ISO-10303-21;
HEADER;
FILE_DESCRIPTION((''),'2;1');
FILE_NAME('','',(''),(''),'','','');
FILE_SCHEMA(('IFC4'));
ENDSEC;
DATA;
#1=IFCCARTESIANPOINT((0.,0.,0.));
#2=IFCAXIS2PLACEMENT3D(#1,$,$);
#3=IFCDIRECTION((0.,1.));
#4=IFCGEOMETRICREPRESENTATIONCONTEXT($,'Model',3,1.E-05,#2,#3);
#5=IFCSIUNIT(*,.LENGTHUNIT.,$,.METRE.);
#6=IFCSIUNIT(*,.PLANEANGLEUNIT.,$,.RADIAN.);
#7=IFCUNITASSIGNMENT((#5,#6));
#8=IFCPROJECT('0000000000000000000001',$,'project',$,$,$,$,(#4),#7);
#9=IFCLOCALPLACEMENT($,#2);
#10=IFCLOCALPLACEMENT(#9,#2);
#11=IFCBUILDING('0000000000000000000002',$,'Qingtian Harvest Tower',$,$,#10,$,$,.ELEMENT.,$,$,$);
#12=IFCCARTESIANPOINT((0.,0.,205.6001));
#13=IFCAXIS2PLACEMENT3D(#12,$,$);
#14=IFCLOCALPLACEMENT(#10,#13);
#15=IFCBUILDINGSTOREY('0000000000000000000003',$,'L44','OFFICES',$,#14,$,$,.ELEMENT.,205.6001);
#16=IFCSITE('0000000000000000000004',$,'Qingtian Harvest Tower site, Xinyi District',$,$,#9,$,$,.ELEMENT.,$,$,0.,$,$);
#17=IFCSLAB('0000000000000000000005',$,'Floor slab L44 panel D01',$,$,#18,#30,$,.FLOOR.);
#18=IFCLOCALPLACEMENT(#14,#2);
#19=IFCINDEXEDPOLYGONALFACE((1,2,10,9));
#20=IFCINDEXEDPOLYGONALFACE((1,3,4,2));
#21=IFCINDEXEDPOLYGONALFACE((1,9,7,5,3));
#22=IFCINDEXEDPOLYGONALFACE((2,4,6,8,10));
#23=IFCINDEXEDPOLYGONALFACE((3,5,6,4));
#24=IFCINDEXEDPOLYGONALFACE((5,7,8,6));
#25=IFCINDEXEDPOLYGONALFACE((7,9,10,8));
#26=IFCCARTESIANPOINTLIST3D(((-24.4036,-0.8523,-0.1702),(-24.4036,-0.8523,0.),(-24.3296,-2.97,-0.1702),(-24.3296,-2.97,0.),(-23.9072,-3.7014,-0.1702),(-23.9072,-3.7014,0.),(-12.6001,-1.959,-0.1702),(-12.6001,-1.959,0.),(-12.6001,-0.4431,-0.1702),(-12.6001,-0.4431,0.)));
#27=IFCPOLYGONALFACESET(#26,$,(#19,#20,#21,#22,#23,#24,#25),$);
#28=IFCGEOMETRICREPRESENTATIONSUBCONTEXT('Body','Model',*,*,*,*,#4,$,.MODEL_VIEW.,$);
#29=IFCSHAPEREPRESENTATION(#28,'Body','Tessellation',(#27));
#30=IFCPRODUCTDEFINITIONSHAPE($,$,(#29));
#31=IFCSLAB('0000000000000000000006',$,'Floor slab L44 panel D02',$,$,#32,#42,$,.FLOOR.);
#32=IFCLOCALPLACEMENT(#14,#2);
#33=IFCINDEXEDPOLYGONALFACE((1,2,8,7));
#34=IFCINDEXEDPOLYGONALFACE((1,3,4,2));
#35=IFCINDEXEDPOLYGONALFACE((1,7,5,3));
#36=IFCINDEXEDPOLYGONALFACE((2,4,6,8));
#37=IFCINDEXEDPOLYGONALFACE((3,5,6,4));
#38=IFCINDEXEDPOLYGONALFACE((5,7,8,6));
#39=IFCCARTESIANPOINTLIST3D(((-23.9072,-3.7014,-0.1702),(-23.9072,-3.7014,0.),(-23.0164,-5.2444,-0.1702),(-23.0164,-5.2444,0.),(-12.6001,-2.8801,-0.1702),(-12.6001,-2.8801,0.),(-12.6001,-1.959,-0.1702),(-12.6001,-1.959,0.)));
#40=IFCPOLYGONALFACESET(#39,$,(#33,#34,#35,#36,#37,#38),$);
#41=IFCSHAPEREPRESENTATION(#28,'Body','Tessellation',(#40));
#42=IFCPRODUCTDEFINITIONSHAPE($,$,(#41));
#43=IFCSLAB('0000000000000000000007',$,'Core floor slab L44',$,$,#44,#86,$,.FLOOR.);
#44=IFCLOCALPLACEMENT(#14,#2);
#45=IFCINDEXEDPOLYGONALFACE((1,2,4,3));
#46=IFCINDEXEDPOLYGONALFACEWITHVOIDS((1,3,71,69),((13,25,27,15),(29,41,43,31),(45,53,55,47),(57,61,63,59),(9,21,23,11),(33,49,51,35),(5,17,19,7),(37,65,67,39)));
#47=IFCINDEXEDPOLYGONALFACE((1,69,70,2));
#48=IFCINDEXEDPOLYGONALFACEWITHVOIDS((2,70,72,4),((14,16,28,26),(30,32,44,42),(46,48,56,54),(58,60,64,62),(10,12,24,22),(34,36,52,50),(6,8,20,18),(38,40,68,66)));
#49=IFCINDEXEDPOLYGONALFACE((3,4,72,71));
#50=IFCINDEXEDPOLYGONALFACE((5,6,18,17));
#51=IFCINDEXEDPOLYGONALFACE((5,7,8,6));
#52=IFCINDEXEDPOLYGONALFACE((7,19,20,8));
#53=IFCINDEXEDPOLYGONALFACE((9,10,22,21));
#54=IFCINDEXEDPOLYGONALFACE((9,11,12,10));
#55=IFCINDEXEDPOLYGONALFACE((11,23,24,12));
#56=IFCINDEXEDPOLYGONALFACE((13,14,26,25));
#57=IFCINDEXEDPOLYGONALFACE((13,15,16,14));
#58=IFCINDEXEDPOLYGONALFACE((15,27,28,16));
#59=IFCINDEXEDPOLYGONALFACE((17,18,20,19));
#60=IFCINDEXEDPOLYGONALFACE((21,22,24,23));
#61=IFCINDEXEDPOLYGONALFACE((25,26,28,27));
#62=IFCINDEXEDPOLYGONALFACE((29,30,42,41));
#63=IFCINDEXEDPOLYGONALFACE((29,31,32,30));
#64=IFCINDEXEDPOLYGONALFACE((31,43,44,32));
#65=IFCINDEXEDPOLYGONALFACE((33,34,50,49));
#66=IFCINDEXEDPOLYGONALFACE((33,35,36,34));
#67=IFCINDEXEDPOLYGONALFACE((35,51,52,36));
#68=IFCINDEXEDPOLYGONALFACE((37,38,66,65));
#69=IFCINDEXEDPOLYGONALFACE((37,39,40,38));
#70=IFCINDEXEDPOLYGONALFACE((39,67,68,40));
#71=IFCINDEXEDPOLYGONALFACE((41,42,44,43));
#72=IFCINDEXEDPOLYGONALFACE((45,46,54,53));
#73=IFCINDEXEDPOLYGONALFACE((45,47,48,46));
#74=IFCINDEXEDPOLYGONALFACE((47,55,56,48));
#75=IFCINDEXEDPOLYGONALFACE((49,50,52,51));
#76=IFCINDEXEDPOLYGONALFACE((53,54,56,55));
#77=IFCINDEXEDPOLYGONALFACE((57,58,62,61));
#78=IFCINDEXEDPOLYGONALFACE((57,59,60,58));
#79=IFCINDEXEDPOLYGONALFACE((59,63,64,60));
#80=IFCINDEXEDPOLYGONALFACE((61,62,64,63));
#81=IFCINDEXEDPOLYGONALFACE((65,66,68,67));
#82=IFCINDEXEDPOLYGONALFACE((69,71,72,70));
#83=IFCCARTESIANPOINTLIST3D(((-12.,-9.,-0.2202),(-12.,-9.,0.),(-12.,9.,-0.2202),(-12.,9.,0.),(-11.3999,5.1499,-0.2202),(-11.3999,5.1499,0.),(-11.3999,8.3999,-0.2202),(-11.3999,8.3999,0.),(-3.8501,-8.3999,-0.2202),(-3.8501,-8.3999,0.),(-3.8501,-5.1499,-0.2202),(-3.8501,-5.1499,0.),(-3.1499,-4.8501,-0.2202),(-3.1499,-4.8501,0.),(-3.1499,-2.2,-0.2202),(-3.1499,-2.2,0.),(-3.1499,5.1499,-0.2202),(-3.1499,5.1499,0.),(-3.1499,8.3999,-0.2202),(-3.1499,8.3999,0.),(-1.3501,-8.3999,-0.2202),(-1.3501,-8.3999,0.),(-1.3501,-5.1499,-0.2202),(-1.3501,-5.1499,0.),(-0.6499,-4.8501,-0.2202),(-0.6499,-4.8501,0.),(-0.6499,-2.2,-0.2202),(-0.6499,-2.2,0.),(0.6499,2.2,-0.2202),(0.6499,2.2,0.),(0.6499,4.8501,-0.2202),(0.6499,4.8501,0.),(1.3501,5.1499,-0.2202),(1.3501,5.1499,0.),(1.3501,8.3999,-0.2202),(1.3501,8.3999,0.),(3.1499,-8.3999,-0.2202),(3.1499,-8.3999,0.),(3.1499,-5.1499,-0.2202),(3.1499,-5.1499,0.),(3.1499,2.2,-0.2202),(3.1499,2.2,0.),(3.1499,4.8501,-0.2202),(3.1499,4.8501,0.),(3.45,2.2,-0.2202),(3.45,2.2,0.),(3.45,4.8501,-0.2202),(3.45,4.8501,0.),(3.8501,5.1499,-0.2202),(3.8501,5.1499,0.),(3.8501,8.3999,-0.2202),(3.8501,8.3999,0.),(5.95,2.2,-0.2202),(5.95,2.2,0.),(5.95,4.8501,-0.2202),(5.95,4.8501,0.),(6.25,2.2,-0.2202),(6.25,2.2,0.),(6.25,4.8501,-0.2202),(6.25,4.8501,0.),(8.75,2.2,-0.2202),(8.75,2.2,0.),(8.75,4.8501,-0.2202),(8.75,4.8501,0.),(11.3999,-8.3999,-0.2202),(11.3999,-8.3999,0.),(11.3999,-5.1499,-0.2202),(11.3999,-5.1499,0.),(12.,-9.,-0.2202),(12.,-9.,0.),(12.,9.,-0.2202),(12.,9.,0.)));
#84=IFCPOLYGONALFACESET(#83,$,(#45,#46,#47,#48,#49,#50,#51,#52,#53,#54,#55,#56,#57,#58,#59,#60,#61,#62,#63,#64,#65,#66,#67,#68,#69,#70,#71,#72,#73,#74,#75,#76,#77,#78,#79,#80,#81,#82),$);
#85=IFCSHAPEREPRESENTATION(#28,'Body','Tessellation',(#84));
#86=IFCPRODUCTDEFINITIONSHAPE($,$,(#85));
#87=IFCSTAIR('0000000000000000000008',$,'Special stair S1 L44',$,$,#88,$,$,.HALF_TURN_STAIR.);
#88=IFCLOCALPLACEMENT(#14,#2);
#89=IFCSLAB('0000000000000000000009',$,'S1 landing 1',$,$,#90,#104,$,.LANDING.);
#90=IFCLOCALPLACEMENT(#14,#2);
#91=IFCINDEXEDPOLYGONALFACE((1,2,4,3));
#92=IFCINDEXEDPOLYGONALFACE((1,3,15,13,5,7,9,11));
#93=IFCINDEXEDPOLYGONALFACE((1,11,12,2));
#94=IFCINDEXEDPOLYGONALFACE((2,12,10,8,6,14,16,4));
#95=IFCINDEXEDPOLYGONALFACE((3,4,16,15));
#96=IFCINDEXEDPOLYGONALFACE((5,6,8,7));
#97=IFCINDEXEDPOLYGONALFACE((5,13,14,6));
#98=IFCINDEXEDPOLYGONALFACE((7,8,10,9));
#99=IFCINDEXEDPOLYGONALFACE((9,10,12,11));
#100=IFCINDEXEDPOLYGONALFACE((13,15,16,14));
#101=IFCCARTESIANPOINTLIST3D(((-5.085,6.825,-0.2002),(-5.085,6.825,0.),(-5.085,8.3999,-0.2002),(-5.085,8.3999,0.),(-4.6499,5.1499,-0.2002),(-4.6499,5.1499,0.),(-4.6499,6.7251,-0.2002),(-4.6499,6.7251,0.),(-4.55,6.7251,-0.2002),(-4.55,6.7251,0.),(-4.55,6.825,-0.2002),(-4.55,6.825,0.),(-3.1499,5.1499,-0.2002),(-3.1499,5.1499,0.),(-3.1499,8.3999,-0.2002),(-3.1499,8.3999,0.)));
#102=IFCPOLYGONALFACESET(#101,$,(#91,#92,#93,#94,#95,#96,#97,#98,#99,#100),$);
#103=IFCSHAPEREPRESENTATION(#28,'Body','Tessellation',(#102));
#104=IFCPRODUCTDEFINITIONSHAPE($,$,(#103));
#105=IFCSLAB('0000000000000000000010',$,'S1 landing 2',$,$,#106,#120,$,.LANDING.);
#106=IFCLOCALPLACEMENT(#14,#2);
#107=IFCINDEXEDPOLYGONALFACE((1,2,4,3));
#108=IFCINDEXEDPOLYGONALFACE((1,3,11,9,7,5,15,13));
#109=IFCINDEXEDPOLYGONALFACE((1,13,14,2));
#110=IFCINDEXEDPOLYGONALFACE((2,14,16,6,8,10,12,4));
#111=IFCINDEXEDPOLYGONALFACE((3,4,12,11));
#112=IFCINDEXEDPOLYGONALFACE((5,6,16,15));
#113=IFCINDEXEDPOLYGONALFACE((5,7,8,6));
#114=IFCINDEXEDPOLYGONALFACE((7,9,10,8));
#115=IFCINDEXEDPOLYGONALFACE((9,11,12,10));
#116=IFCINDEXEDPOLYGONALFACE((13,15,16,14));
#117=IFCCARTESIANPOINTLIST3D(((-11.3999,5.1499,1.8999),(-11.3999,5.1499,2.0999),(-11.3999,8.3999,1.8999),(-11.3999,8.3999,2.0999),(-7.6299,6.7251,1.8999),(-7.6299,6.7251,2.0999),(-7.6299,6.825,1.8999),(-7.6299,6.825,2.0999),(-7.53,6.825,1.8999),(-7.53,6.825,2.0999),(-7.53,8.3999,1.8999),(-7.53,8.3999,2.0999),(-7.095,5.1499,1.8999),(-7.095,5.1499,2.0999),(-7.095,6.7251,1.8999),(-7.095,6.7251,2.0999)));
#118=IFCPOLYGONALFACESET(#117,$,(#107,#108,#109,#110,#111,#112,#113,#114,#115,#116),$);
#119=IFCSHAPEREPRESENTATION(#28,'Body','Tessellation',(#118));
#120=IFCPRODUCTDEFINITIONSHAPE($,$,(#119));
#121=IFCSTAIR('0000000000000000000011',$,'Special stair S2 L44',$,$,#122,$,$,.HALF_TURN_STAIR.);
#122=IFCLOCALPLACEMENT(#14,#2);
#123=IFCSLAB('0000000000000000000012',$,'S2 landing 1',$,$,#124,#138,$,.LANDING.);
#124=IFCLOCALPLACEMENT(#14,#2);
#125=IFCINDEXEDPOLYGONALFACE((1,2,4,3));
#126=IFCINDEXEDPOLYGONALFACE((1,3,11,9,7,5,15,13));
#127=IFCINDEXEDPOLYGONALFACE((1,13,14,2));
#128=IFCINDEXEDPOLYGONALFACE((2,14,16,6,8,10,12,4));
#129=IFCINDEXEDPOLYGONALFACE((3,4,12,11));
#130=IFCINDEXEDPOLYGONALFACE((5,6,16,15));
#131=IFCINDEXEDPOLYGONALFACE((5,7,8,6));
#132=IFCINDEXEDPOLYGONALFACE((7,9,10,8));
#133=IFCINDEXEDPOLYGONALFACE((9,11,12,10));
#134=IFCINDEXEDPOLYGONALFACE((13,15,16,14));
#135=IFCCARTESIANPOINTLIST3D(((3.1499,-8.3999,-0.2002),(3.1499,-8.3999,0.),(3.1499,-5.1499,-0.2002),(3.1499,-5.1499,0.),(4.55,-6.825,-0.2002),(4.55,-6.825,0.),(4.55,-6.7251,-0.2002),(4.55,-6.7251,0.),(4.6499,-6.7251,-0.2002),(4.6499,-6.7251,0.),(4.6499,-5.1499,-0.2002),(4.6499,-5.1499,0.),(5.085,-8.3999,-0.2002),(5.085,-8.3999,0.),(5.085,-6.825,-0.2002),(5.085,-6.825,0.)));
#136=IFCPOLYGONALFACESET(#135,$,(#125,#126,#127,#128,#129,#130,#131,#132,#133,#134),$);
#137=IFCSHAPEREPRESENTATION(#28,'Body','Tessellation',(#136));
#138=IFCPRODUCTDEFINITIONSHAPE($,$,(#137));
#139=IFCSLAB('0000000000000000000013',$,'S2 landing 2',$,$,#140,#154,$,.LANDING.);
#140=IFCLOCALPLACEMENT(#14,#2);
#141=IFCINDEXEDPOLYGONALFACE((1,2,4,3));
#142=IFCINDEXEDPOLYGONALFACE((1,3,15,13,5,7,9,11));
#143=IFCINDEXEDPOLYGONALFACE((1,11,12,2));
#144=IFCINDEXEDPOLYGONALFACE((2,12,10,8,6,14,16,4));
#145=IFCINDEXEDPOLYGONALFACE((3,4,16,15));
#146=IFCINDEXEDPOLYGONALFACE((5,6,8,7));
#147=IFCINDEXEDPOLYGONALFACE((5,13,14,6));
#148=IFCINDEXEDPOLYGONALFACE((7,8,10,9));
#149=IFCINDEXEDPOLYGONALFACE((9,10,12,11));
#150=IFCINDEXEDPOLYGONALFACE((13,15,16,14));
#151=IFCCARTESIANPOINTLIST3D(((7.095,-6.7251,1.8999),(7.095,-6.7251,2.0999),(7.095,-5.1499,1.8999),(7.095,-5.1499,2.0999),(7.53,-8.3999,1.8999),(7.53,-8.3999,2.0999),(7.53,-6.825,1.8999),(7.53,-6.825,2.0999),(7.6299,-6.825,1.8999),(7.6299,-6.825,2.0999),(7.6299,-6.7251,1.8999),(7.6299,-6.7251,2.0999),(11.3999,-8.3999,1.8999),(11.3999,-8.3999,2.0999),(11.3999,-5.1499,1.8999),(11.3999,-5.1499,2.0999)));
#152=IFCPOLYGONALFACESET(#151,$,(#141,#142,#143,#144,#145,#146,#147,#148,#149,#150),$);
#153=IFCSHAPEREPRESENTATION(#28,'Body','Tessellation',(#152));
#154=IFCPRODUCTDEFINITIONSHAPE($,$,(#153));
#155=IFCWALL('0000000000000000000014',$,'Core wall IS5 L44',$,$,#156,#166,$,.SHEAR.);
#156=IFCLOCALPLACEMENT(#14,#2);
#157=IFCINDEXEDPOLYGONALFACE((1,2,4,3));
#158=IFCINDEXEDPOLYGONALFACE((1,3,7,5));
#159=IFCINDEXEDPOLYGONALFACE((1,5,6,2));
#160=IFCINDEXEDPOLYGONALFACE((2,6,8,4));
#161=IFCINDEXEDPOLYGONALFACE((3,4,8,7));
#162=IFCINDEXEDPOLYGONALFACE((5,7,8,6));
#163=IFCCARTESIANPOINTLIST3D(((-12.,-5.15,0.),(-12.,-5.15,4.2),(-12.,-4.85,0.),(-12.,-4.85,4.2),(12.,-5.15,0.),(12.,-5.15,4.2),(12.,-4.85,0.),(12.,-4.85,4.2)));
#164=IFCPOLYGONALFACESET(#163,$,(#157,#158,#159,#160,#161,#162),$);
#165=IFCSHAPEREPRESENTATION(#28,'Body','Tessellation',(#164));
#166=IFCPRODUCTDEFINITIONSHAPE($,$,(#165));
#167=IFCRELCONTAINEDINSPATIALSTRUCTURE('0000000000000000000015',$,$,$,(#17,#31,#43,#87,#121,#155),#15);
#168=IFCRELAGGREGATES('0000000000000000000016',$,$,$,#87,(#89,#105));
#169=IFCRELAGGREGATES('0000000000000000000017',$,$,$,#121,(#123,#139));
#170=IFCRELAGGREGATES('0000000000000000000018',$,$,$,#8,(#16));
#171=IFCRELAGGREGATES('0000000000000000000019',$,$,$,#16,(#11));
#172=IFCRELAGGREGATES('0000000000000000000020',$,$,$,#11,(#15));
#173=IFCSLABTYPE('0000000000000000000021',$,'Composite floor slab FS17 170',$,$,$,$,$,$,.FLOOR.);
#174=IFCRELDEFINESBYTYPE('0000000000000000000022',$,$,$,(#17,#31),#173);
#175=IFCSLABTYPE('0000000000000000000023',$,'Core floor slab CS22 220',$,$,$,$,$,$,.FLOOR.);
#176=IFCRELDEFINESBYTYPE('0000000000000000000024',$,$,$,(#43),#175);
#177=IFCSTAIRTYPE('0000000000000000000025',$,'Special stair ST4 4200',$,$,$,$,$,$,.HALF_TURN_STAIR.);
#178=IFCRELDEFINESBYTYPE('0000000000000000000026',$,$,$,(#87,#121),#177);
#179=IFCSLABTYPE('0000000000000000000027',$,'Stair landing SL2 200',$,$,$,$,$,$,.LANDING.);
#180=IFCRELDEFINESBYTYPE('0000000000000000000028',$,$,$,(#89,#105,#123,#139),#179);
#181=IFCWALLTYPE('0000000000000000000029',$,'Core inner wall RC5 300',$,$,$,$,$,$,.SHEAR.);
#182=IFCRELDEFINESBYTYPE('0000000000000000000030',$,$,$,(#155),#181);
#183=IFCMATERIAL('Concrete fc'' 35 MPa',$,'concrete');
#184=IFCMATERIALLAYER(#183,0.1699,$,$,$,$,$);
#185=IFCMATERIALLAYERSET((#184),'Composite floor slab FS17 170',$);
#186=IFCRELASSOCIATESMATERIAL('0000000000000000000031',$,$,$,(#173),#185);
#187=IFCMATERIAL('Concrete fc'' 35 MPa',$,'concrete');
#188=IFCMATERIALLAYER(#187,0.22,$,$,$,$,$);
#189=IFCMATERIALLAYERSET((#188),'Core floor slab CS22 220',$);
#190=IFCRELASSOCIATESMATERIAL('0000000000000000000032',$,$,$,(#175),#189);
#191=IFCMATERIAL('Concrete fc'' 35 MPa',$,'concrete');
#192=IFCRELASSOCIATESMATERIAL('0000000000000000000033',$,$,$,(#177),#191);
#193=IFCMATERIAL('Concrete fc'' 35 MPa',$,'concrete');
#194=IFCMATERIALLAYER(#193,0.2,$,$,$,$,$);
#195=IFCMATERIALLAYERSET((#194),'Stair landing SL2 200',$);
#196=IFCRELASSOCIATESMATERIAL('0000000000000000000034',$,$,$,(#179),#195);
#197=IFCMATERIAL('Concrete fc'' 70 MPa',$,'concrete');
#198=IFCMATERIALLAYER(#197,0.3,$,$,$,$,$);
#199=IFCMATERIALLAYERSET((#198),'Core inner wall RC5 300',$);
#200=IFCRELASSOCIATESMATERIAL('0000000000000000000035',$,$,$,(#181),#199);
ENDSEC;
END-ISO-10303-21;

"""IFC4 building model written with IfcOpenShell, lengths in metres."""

from ifc_helpers import new_model, si_unit, direction, frame, frame_2d, origin, place, context, subcontext, project, spatial, polyline, rectangle, outline, extrude, material, layer, layer_set, type_object, element, aggregate, save


model = new_model("IFC4")

# Units and contexts
model_context = context("Model", 3, precision=1e-05, world=origin(), true_north=direction((0.0, 1.0)))
body_context = subcontext(model_context, "Body", "Model", "MODEL_VIEW")
ifc_project = project(units=[si_unit("LENGTHUNIT", "METRE"), si_unit("PLANEANGLEUNIT", "RADIAN")], contexts=[model_context])

# Site, building, storey
site_placement = place(None, origin())
site = spatial("IfcSite", under=ifc_project, at=site_placement, Name="Qingtian Harvest Tower site, Xinyi District", CompositionType="ELEMENT", RefElevation=0.0)
building_placement = place(site_placement, origin())
building = spatial("IfcBuilding", under=site, at=building_placement, Name="Qingtian Harvest Tower", CompositionType="ELEMENT")
storey_placement = place(building_placement, frame((0.0, 0.0, 205.6001)))
storey = spatial("IfcBuildingStorey", under=building, at=storey_placement, Name="L44", Description="OFFICES", CompositionType="ELEMENT", Elevation=205.6001)

# Slabs
ifc_material_1 = material(Name="Concrete fc' 35 MPa", Category="concrete")
ifc_layer_1 = layer(ifc_material_1, 0.1699)
ifc_layer_set_1 = layer_set([ifc_layer_1], Name="Composite floor slab FS17 170")
slab_type_1 = type_object("IfcSlabType", Name="Composite floor slab FS17 170", PredefinedType="FLOOR", material=ifc_layer_set_1)
slab_1_placement = place(storey_placement, frame((0.0, 0.0, -0.1702)))
element("IfcSlab", 1, at=slab_1_placement, inside=storey, type_object=slab_type_1, Name="Floor slab L44 panel D01", PredefinedType="FLOOR", context=body_context, shape_type="SweptSolid", body=[
    extrude(outline(polyline([(-24.4036, -0.8523), (-12.6001, -0.4431), (-12.6001, -1.959), (-23.9072, -3.7014), (-24.3296, -2.97), (-24.4036, -0.8523)])), origin(), (0.0, 0.0, 1.0), 0.1702),
])
slab_2_placement = place(storey_placement, frame((0.0, 0.0, -0.1702)))
element("IfcSlab", 2, at=slab_2_placement, inside=storey, type_object=slab_type_1, Name="Floor slab L44 panel D02", PredefinedType="FLOOR", context=body_context, shape_type="SweptSolid", body=[
    extrude(outline(polyline([(-12.6001, -2.8801), (-23.0164, -5.2444), (-23.9072, -3.7014), (-12.6001, -1.959), (-12.6001, -2.8801)])), origin(), (0.0, 0.0, 1.0), 0.1702),
])
ifc_material_2 = material(Name="Concrete fc' 35 MPa", Category="concrete")
ifc_layer_2 = layer(ifc_material_2, 0.22)
ifc_layer_set_2 = layer_set([ifc_layer_2], Name="Core floor slab CS22 220")
slab_type_2 = type_object("IfcSlabType", Name="Core floor slab CS22 220", PredefinedType="FLOOR", material=ifc_layer_set_2)
slab_3_placement = place(storey_placement, frame((0.0, 0.0, -0.2202)))
element("IfcSlab", 3, at=slab_3_placement, inside=storey, type_object=slab_type_2, Name="Core floor slab L44", PredefinedType="FLOOR", context=body_context, shape_type="SweptSolid", body=[
    extrude(outline(polyline([(-12.0, -9.0), (12.0, -9.0), (12.0, 9.0), (-12.0, 9.0), (-12.0, -9.0)]), holes=[polyline([(-11.3999, 5.1499), (-3.1499, 5.1499), (-3.1499, 8.3999), (-11.3999, 8.3999), (-11.3999, 5.1499)]), polyline([(3.1499, -8.3999), (11.3999, -8.3999), (11.3999, -5.1499), (3.1499, -5.1499), (3.1499, -8.3999)]), polyline([(1.3501, 5.1499), (3.8501, 5.1499), (3.8501, 8.3999), (1.3501, 8.3999), (1.3501, 5.1499)]), polyline([(-3.8501, -8.3999), (-1.3501, -8.3999), (-1.3501, -5.1499), (-3.8501, -5.1499), (-3.8501, -8.3999)]), polyline([(0.6499, 2.2), (3.1499, 2.2), (3.1499, 4.8501), (0.6499, 4.8501), (0.6499, 2.2)]), polyline([(3.45, 2.2), (5.95, 2.2), (5.95, 4.8501), (3.45, 4.8501), (3.45, 2.2)]), polyline([(6.25, 2.2), (8.75, 2.2), (8.75, 4.8501), (6.25, 4.8501), (6.25, 2.2)]), polyline([(-3.1499, -4.8501), (-0.6499, -4.8501), (-0.6499, -2.2), (-3.1499, -2.2), (-3.1499, -4.8501)])]), origin(), (0.0, 0.0, 1.0), 0.2202),
])

# Stairs, slabs
ifc_material_3 = material(Name="Concrete fc' 35 MPa", Category="concrete")
stair_type = type_object("IfcStairType", Name="Special stair ST4 4200", PredefinedType="HALF_TURN_STAIR", material=ifc_material_3)
stair_1_placement = place(storey_placement, origin())
stair_1 = element("IfcStair", 4, at=stair_1_placement, inside=storey, type_object=stair_type, Name="Special stair S1 L44", PredefinedType="HALF_TURN_STAIR")
ifc_material_4 = material(Name="Concrete fc' 35 MPa", Category="concrete")
ifc_layer_3 = layer(ifc_material_4, 0.2)
ifc_layer_set_3 = layer_set([ifc_layer_3], Name="Stair landing SL2 200")
slab_type_3 = type_object("IfcSlabType", Name="Stair landing SL2 200", PredefinedType="LANDING", material=ifc_layer_set_3)
slab_4_placement = place(storey_placement, frame((0.0, 0.0, -0.2002)))
slab_4 = element("IfcSlab", 5, at=slab_4_placement, type_object=slab_type_3, Name="S1 landing 1", PredefinedType="LANDING", context=body_context, shape_type="SweptSolid", body=[
    extrude(outline(polyline([(-4.6499, 5.1499), (-4.6499, 6.7251), (-4.55, 6.7251), (-4.55, 6.825), (-5.085, 6.825), (-5.085, 8.3999), (-3.1499, 8.3999), (-3.1499, 5.1499), (-4.6499, 5.1499)])), origin(), (0.0, 0.0, 1.0), 0.2002),
])
slab_5_placement = place(storey_placement, frame((0.0, 0.0, 1.8999)))
slab_5 = element("IfcSlab", 6, at=slab_5_placement, type_object=slab_type_3, Name="S1 landing 2", PredefinedType="LANDING", context=body_context, shape_type="SweptSolid", body=[
    extrude(outline(polyline([(-7.095, 5.1499), (-11.3999, 5.1499), (-11.3999, 8.3999), (-7.53, 8.3999), (-7.53, 6.825), (-7.6299, 6.825), (-7.6299, 6.7251), (-7.095, 6.7251), (-7.095, 5.1499)])), origin(), (0.0, 0.0, 1.0), 0.2),
])
aggregate(stair_1, [slab_4, slab_5])
stair_2_placement = place(storey_placement, origin())
stair_2 = element("IfcStair", 7, at=stair_2_placement, inside=storey, type_object=stair_type, Name="Special stair S2 L44", PredefinedType="HALF_TURN_STAIR")
slab_6_placement = place(storey_placement, frame((0.0, 0.0, -0.2002)))
slab_6 = element("IfcSlab", 8, at=slab_6_placement, type_object=slab_type_3, Name="S2 landing 1", PredefinedType="LANDING", context=body_context, shape_type="SweptSolid", body=[
    extrude(outline(polyline([(5.085, -8.3999), (3.1499, -8.3999), (3.1499, -5.1499), (4.6499, -5.1499), (4.6499, -6.7251), (4.55, -6.7251), (4.55, -6.825), (5.085, -6.825), (5.085, -8.3999)])), origin(), (0.0, 0.0, 1.0), 0.2002),
])
slab_7_placement = place(storey_placement, frame((0.0, 0.0, 1.8999)))
slab_7 = element("IfcSlab", 9, at=slab_7_placement, type_object=slab_type_3, Name="S2 landing 2", PredefinedType="LANDING", context=body_context, shape_type="SweptSolid", body=[
    extrude(outline(polyline([(7.53, -8.3999), (7.53, -6.825), (7.6299, -6.825), (7.6299, -6.7251), (7.095, -6.7251), (7.095, -5.1499), (11.3999, -5.1499), (11.3999, -8.3999), (7.53, -8.3999)])), origin(), (0.0, 0.0, 1.0), 0.2),
])
aggregate(stair_2, [slab_6, slab_7])

# Wall
ifc_material_5 = material(Name="Concrete fc' 70 MPa", Category="concrete")
ifc_layer_4 = layer(ifc_material_5, 0.3)
ifc_layer_set_4 = layer_set([ifc_layer_4], Name="Core inner wall RC5 300")
wall_type_1 = type_object("IfcWallType", Name="Core inner wall RC5 300", PredefinedType="SHEAR", material=ifc_layer_set_4)
wall_1_placement = place(storey_placement, frame((-12.0, -5.0, 0.0), z_axis=(0.0, 0.0, 1.0), x_axis=(1.0, 0.0, 0.0)))
element("IfcWall", 10, at=wall_1_placement, inside=storey, type_object=wall_type_1, Name="Core wall IS5 L44", PredefinedType="SHEAR", context=body_context, shape_type="SweptSolid", body=[
    extrude(rectangle(XDim=24.0, YDim=0.3, at=frame_2d((12.0, 0.0))), origin(), (0.0, 0.0, 1.0), 4.2),
])

save(model, "model.ifc")
